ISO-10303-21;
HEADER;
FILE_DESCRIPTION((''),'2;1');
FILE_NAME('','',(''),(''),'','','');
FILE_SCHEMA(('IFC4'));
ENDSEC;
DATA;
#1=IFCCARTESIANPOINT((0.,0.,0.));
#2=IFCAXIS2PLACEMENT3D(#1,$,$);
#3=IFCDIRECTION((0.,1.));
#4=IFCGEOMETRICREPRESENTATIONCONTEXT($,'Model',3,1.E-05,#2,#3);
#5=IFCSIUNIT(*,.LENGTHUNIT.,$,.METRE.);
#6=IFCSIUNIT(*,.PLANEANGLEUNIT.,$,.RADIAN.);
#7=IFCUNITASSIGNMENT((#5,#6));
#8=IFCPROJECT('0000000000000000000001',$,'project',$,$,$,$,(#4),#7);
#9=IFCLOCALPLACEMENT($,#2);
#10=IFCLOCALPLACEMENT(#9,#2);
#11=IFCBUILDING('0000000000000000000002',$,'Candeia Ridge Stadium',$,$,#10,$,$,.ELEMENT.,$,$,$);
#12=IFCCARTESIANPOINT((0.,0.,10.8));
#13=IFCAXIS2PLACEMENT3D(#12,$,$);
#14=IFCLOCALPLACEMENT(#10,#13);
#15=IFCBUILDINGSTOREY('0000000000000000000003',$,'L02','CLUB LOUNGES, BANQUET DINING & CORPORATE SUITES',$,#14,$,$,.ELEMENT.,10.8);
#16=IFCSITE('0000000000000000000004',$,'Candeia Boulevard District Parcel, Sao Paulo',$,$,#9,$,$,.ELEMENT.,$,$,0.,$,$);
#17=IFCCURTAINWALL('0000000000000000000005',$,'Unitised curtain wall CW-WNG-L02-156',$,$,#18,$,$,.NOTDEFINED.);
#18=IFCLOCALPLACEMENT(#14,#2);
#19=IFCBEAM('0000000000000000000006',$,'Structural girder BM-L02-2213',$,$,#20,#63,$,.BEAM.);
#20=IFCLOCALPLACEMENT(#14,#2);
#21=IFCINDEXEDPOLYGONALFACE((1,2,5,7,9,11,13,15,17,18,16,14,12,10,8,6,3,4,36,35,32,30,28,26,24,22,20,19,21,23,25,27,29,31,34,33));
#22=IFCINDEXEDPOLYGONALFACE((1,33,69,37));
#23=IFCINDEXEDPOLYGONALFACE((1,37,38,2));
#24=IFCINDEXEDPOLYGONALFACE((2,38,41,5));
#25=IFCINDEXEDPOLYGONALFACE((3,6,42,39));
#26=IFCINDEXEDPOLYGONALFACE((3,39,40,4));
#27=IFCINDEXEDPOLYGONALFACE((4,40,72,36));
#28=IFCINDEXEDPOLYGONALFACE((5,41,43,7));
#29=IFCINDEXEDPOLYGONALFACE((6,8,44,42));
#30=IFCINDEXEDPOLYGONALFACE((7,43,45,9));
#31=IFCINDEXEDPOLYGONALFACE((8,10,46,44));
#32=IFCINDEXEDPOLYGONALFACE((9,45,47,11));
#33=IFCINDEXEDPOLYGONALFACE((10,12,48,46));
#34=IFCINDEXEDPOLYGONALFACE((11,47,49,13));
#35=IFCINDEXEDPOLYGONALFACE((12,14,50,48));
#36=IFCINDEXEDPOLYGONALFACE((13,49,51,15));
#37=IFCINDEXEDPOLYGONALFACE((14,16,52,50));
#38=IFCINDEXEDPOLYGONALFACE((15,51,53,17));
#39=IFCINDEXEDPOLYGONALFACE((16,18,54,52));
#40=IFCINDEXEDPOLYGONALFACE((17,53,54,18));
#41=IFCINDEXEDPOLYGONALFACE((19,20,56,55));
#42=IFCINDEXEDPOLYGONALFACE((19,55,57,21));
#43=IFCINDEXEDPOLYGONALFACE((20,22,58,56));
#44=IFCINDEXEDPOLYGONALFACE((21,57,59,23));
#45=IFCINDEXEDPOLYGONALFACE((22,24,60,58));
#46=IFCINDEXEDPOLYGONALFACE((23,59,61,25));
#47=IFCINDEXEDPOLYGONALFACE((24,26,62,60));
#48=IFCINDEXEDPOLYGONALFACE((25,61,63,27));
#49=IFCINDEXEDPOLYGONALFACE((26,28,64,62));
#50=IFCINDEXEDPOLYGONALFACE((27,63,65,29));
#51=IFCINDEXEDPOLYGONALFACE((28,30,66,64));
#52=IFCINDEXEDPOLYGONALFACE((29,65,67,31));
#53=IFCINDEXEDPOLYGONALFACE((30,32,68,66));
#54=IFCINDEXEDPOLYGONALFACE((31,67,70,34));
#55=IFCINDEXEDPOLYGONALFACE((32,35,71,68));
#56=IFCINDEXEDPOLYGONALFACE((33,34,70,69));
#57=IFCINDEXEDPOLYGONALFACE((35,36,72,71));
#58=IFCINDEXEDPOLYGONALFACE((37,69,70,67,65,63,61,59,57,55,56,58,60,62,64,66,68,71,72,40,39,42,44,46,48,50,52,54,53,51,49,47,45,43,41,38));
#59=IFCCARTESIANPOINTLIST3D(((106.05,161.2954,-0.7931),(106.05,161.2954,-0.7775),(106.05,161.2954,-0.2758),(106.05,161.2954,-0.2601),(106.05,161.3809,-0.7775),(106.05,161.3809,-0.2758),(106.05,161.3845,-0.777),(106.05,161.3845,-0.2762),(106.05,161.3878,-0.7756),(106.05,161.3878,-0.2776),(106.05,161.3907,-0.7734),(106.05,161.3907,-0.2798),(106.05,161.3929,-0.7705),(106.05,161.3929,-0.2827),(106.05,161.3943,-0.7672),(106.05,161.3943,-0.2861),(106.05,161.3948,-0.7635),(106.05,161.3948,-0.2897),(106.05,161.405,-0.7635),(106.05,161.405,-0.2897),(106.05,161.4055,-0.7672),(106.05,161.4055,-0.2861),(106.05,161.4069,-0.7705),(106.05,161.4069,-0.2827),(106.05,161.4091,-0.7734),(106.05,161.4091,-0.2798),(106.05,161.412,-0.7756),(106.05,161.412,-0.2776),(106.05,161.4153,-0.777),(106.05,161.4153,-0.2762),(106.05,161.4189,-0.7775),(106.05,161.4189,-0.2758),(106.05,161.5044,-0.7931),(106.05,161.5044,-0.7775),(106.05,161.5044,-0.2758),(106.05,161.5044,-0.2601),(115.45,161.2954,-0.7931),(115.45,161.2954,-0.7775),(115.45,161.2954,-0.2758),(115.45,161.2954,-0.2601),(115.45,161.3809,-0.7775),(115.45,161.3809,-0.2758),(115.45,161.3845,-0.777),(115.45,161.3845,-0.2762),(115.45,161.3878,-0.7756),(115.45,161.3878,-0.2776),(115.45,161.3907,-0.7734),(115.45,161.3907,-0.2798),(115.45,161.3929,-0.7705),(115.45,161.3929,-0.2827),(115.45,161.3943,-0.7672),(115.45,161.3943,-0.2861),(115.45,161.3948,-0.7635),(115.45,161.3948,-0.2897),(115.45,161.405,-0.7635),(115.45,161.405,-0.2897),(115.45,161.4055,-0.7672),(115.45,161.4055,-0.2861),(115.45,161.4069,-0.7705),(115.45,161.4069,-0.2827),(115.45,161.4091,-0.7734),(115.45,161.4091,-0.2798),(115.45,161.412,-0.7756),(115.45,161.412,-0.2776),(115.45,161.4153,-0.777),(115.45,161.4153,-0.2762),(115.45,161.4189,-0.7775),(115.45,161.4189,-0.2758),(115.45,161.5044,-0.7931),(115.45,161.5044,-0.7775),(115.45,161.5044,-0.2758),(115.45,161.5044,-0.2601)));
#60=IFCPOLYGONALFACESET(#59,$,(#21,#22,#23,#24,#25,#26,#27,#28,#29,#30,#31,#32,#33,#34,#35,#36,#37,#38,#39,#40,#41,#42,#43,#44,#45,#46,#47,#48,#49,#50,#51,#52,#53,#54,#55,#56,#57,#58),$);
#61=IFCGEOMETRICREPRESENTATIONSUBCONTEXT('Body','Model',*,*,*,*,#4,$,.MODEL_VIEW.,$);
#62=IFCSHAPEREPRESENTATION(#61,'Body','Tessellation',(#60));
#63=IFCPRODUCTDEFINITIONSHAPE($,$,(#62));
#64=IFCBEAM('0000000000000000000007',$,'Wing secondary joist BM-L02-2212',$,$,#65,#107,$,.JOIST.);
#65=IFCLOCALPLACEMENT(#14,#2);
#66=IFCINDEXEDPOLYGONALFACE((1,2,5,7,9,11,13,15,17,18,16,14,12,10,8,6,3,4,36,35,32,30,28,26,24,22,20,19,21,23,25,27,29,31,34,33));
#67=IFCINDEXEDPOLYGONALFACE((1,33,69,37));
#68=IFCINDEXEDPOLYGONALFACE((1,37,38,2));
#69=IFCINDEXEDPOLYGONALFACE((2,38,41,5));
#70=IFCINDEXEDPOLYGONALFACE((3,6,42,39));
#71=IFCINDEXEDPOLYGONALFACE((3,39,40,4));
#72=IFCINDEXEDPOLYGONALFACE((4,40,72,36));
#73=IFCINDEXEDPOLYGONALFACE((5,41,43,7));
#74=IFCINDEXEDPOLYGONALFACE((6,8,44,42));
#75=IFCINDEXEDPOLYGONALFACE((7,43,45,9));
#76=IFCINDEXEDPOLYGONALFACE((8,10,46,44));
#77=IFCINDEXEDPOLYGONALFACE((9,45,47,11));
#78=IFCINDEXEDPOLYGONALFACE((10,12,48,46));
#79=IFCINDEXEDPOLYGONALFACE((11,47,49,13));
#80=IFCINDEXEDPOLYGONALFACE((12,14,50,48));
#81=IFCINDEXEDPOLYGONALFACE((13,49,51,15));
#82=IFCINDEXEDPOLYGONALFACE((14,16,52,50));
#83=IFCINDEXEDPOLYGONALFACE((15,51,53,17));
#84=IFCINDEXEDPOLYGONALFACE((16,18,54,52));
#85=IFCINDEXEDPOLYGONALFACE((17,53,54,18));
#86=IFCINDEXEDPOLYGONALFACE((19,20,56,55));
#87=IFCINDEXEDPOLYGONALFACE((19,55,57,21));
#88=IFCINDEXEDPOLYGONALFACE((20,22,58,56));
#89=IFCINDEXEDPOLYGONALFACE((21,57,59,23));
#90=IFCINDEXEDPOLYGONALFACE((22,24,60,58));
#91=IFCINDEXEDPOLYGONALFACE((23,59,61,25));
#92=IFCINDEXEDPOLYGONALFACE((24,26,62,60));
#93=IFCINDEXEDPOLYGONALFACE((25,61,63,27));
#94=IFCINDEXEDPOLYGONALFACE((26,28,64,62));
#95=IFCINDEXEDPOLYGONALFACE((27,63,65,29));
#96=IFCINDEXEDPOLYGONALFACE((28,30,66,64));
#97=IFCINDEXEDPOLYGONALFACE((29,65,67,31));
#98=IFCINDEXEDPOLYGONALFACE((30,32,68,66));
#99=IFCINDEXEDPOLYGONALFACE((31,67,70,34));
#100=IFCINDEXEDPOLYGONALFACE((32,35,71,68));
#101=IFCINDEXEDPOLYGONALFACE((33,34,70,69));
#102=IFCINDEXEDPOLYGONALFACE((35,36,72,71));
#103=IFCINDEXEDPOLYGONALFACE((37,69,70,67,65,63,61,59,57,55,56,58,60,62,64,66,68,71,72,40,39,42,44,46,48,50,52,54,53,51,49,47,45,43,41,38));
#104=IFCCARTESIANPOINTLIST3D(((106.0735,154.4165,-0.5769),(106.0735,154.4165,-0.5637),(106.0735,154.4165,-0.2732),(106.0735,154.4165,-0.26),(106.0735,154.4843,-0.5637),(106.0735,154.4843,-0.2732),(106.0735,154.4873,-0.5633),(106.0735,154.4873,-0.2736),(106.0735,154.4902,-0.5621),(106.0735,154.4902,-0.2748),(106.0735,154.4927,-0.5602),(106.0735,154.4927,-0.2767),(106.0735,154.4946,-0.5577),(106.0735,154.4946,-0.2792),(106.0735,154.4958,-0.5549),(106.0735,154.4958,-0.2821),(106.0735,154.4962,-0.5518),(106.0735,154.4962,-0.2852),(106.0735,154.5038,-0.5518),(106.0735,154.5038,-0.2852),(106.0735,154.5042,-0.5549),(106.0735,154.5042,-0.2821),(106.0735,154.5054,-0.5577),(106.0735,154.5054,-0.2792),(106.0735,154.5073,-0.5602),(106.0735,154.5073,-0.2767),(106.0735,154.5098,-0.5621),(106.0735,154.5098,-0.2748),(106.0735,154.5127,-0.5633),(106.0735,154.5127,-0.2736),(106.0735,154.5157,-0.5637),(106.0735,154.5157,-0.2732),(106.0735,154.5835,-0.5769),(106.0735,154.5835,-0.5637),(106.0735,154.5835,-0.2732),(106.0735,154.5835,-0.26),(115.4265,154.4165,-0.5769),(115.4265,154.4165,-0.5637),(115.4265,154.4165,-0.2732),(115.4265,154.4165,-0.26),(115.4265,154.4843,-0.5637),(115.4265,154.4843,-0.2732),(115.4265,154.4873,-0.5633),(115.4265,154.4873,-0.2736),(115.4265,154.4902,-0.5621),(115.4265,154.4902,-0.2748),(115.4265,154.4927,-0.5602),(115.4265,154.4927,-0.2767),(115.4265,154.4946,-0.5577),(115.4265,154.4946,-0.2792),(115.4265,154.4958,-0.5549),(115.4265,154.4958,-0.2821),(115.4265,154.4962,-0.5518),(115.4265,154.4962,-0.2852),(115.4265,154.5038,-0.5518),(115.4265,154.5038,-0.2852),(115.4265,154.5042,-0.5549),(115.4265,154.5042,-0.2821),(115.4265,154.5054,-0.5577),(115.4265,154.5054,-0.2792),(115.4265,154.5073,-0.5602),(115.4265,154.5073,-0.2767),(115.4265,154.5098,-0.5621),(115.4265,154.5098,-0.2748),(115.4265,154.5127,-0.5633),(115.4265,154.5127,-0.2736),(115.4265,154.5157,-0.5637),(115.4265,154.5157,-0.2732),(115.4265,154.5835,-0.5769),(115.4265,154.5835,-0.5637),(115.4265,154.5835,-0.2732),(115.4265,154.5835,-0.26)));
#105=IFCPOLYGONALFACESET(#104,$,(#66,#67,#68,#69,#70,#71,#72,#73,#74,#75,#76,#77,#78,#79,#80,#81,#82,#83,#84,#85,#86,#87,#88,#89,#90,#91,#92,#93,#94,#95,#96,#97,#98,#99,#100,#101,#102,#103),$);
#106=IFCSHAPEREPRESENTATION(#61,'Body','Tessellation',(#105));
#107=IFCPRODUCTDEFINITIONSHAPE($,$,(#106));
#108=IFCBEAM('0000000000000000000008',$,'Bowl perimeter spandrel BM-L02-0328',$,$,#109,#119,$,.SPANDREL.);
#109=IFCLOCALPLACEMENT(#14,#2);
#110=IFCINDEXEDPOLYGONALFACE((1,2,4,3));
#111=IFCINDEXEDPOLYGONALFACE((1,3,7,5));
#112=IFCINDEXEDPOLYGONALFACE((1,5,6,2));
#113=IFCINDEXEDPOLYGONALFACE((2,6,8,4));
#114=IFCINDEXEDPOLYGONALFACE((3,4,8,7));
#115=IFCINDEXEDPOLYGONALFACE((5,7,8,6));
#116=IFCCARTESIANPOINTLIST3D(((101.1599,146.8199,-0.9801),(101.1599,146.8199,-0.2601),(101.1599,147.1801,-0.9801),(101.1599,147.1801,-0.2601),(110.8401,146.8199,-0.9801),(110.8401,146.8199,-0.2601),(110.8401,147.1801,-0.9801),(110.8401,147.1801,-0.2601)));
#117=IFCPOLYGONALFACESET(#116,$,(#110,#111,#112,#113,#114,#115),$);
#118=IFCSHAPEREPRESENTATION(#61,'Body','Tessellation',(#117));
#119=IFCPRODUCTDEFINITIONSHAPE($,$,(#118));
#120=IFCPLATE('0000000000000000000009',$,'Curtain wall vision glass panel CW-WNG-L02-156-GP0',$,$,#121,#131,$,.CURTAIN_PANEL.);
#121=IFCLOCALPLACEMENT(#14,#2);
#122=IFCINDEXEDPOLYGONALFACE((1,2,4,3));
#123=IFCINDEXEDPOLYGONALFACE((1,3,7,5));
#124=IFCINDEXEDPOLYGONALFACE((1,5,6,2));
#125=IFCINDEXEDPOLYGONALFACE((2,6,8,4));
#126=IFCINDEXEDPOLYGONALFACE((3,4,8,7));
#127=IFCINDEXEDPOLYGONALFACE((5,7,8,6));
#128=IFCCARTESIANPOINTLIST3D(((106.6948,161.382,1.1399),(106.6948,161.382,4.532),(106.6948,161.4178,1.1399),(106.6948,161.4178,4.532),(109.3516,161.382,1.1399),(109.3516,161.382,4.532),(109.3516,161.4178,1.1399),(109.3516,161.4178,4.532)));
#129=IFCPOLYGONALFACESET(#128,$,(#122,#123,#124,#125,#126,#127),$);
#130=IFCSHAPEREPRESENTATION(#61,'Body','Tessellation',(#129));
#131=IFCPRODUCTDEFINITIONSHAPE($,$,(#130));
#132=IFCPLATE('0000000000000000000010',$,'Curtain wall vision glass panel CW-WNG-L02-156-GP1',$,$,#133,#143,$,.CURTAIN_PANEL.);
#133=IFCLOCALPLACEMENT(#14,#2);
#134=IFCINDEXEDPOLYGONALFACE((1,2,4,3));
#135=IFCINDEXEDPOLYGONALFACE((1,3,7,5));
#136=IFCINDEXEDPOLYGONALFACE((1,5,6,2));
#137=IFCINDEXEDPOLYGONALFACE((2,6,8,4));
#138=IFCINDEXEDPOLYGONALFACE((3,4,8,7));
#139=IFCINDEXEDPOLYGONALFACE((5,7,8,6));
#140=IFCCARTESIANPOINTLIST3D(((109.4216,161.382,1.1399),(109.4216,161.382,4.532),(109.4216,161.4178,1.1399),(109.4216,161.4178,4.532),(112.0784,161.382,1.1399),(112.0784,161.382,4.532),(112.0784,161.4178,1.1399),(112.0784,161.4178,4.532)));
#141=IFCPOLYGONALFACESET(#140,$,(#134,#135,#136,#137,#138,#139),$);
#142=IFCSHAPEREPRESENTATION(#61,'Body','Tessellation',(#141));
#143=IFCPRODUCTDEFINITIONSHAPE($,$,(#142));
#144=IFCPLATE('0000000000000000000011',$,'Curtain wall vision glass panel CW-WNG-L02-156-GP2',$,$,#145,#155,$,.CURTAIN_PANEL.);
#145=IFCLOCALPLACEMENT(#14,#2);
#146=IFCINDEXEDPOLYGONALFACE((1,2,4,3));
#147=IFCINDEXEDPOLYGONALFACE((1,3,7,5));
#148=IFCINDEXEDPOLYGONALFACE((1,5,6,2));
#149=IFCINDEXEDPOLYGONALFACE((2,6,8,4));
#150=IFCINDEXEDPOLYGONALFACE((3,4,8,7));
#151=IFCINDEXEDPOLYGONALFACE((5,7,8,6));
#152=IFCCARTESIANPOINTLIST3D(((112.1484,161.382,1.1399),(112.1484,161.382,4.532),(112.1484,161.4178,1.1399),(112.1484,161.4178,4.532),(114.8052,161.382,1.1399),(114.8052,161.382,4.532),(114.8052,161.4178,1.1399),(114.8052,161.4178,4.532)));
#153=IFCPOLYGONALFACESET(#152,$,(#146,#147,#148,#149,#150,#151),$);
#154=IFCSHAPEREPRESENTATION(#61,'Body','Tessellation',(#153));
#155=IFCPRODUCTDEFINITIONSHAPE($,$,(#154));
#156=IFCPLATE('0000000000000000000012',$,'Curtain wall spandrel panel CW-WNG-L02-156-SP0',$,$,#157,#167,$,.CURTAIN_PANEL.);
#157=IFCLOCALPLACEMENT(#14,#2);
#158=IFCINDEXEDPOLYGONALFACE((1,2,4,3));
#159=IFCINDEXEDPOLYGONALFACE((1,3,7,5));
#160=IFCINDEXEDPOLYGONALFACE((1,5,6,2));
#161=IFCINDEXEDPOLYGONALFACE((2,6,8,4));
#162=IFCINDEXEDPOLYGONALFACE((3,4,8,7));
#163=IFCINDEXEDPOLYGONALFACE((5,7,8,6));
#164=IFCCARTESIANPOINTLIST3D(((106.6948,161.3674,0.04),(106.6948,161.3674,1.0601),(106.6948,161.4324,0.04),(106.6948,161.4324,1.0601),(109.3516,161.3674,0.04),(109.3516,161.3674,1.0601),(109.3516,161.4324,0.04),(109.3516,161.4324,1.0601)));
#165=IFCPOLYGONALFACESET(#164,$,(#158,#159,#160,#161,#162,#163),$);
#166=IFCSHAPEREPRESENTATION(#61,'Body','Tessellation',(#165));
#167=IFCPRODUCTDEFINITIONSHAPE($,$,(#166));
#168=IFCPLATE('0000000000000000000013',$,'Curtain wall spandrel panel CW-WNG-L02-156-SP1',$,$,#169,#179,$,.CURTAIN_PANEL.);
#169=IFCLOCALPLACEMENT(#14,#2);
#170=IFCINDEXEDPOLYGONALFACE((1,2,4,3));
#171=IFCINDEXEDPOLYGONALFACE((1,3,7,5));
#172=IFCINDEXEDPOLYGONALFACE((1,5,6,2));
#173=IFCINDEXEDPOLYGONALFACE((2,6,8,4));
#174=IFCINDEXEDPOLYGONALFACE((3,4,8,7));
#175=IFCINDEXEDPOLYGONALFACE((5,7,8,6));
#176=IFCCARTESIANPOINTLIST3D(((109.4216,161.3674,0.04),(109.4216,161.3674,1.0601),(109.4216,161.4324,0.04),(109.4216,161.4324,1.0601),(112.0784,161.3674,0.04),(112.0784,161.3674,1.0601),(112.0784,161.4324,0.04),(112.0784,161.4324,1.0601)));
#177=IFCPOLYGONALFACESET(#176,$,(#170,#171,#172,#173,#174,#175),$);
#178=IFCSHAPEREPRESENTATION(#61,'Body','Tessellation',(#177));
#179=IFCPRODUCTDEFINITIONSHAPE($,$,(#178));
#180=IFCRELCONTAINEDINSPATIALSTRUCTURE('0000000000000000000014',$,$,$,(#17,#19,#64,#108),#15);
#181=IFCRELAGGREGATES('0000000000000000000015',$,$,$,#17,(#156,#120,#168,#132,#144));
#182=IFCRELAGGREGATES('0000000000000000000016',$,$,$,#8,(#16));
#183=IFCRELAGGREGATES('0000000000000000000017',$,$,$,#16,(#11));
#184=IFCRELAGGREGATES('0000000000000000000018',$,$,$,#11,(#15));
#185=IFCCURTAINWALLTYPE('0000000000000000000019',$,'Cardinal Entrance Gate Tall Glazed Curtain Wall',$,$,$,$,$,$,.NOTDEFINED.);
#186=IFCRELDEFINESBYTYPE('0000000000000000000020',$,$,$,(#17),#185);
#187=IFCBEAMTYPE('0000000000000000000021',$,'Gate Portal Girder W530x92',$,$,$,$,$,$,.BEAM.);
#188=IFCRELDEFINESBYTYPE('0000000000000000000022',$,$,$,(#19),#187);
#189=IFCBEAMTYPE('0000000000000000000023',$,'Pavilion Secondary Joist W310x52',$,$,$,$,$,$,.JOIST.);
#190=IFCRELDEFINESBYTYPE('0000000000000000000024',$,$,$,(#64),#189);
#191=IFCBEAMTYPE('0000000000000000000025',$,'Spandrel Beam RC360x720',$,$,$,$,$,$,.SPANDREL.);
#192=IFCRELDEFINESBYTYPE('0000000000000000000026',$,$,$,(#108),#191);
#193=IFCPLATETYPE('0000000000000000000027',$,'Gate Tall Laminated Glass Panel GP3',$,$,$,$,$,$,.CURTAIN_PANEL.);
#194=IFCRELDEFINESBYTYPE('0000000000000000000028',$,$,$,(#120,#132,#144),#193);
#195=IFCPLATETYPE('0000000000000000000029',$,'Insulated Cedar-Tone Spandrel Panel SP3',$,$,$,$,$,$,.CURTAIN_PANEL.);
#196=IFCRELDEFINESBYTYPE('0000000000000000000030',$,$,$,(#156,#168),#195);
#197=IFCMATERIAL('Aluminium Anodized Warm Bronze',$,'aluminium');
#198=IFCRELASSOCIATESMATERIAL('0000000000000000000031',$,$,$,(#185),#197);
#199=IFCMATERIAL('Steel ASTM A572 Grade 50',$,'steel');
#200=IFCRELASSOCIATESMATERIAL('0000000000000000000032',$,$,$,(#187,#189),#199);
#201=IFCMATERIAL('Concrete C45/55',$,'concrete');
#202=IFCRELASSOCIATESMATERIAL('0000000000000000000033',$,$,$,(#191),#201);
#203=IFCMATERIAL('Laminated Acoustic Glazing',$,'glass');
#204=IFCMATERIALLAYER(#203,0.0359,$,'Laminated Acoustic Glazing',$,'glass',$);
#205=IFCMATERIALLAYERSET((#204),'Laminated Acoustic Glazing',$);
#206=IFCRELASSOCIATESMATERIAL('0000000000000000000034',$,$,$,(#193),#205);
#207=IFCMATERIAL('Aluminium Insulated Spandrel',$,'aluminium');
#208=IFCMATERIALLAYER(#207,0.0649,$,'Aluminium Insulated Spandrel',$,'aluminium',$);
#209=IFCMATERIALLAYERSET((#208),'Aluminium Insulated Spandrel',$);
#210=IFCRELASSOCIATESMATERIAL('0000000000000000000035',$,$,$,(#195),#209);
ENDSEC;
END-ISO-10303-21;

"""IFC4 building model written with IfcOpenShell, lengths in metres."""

from ifc_helpers import new_model, si_unit, direction, frame, origin, origin_2d, place, context, subcontext, project, spatial, rectangle, i_section, extrude, material, layer, layer_set, material_profile, profile_set, type_object, element, aggregate, save


model = new_model("IFC4")

# Units and contexts
model_context = context("Model", 3, precision=1e-05, world=origin(), true_north=direction((0.0, 1.0)))
body_context = subcontext(model_context, "Body", "Model", "MODEL_VIEW")
ifc_project = project(units=[si_unit("LENGTHUNIT", "METRE"), si_unit("PLANEANGLEUNIT", "RADIAN")], contexts=[model_context])

# Site, building, storey
site_placement = place(None, origin())
site = spatial("IfcSite", under=ifc_project, at=site_placement, Name="Candeia Boulevard District Parcel, Sao Paulo", CompositionType="ELEMENT", RefElevation=0.0)
building_placement = place(site_placement, origin())
building = spatial("IfcBuilding", under=site, at=building_placement, Name="Candeia Ridge Stadium", CompositionType="ELEMENT")
storey_placement = place(building_placement, frame((0.0, 0.0, 10.8)))
storey = spatial("IfcBuildingStorey", under=building, at=storey_placement, Name="L02", Description="CLUB LOUNGES, BANQUET DINING & CORPORATE SUITES", CompositionType="ELEMENT", Elevation=10.8)

# Shared definitions
ifc_material_1 = material(Name="Concrete C45/55", Category="concrete")

# Curtain wall
ifc_material_2 = material(Name="Aluminium Anodized Warm Bronze", Category="aluminium")
curtain_wall_type = type_object("IfcCurtainWallType", Name="Cardinal Entrance Gate Tall Glazed Curtain Wall", PredefinedType="NOTDEFINED", material=ifc_material_2)
curtain_wall_placement = place(storey_placement, origin())
curtain_wall = element("IfcCurtainWall", 1, at=curtain_wall_placement, inside=storey, type_object=curtain_wall_type, Name="Unitised curtain wall CW-WNG-L02-156", PredefinedType="NOTDEFINED")

# Beams
ifc_material_3 = material(Name="Steel ASTM A572 Grade 50", Category="steel")
ifc_material_profile_1 = material_profile(ifc_material_3, i_section(OverallWidth=0.209, OverallDepth=0.533, WebThickness=0.0103, FlangeThickness=0.0156, FilletRadius=0.0139, at=origin_2d()), Name="W530x92", Category="steel")
ifc_profile_set_1 = profile_set([ifc_material_profile_1], Name="Steel ASTM A572 Grade 50")
beam_type_1 = type_object("IfcBeamType", Name="Gate Portal Girder W530x92", PredefinedType="BEAM", material=ifc_profile_set_1)
for number, where, z_axis, x_axis, name in (
    (2, (106.05, 161.3999, -0.5266), (1.0, 0.0, 0.0), (0.0, 1.0, 0.0), "Structural girder BM-L02-2213"),
):
    element("IfcBeam", number, at=place(storey_placement, frame(where, z_axis=z_axis, x_axis=x_axis)), inside=storey, type_object=beam_type_1, Name=name, PredefinedType="BEAM", context=body_context, shape_type="SweptSolid", body=[
        extrude(i_section(OverallWidth=0.209, OverallDepth=0.533, WebThickness=0.0103, FlangeThickness=0.0156, FilletRadius=0.0139, at=origin_2d()), origin(), (0.0, 0.0, 1.0), 9.3999),
    ])
ifc_material_profile_2 = material_profile(ifc_material_3, i_section(OverallWidth=0.167, OverallDepth=0.3169, WebThickness=0.0076, FlangeThickness=0.0132, FilletRadius=0.012, at=origin_2d()), Name="W310x52", Category="steel")
ifc_profile_set_2 = profile_set([ifc_material_profile_2], Name="Steel ASTM A572 Grade 50")
beam_type_2 = type_object("IfcBeamType", Name="Pavilion Secondary Joist W310x52", PredefinedType="JOIST", material=ifc_profile_set_2)
beam_1_placement = place(storey_placement, frame((106.0735, 154.5, -0.4185), z_axis=(1.0, 0.0, 0.0), x_axis=(0.0, 1.0, 0.0)))
element("IfcBeam", 3, at=beam_1_placement, inside=storey, type_object=beam_type_2, Name="Wing secondary joist BM-L02-2212", PredefinedType="JOIST", context=body_context, shape_type="SweptSolid", body=[
    extrude(i_section(OverallWidth=0.167, OverallDepth=0.3169, WebThickness=0.0076, FlangeThickness=0.0132, FilletRadius=0.012, at=origin_2d()), origin(), (0.0, 0.0, 1.0), 9.353),
])
ifc_material_profile_3 = material_profile(ifc_material_1, rectangle(XDim=0.3601, YDim=0.72, at=origin_2d()), Name="RC360x720", Category="concrete")
ifc_profile_set_3 = profile_set([ifc_material_profile_3], Name="Concrete C45/55")
beam_type_3 = type_object("IfcBeamType", Name="Spandrel Beam RC360x720", PredefinedType="SPANDREL", material=ifc_profile_set_3)
beam_2_placement = place(storey_placement, frame((110.8401, 147.0, -0.6201), z_axis=(-1.0, 0.0, 0.0), x_axis=(0.0, -1.0, 0.0)))
element("IfcBeam", 4, at=beam_2_placement, inside=storey, type_object=beam_type_3, Name="Bowl perimeter spandrel BM-L02-0328", PredefinedType="SPANDREL", context=body_context, shape_type="SweptSolid", body=[
    extrude(rectangle(XDim=0.3601, YDim=0.72, at=origin_2d()), origin(), (0.0, 0.0, 1.0), 9.6802),
])

# Plates
ifc_material_4 = material(Name="Laminated Acoustic Glazing", Category="glass")
ifc_layer_1 = layer(ifc_material_4, 0.0359, Name="Laminated Acoustic Glazing", Category="glass")
ifc_layer_set_1 = layer_set([ifc_layer_1], Name="Laminated Acoustic Glazing")
plate_type_1 = type_object("IfcPlateType", Name="Gate Tall Laminated Glass Panel GP3", PredefinedType="CURTAIN_PANEL", material=ifc_layer_set_1)
plate_1_placement = place(storey_placement, frame((108.0232, 161.3999, 1.1399), z_axis=(0.0, 0.0, 1.0), x_axis=(1.0, 0.0, 0.0)))
plate_1 = element("IfcPlate", 5, at=plate_1_placement, type_object=plate_type_1, Name="Curtain wall vision glass panel CW-WNG-L02-156-GP0", PredefinedType="CURTAIN_PANEL", context=body_context, shape_type="SweptSolid", body=[
    extrude(rectangle(XDim=2.6567, YDim=0.0359, at=origin_2d()), origin(), (0.0, 0.0, 1.0), 3.3921),
])
plate_2_placement = place(storey_placement, frame((110.75, 161.3999, 1.1399), z_axis=(0.0, 0.0, 1.0), x_axis=(1.0, 0.0, 0.0)))
plate_2 = element("IfcPlate", 6, at=plate_2_placement, type_object=plate_type_1, Name="Curtain wall vision glass panel CW-WNG-L02-156-GP1", PredefinedType="CURTAIN_PANEL", context=body_context, shape_type="SweptSolid", body=[
    extrude(rectangle(XDim=2.6567, YDim=0.0359, at=origin_2d()), origin(), (0.0, 0.0, 1.0), 3.3921),
])
plate_3_placement = place(storey_placement, frame((113.4768, 161.3999, 1.1399), z_axis=(0.0, 0.0, 1.0), x_axis=(1.0, 0.0, 0.0)))
plate_3 = element("IfcPlate", 7, at=plate_3_placement, type_object=plate_type_1, Name="Curtain wall vision glass panel CW-WNG-L02-156-GP2", PredefinedType="CURTAIN_PANEL", context=body_context, shape_type="SweptSolid", body=[
    extrude(rectangle(XDim=2.6567, YDim=0.0359, at=origin_2d()), origin(), (0.0, 0.0, 1.0), 3.3921),
])
ifc_material_5 = material(Name="Aluminium Insulated Spandrel", Category="aluminium")
ifc_layer_2 = layer(ifc_material_5, 0.0649, Name="Aluminium Insulated Spandrel", Category="aluminium")
ifc_layer_set_2 = layer_set([ifc_layer_2], Name="Aluminium Insulated Spandrel")
plate_type_2 = type_object("IfcPlateType", Name="Insulated Cedar-Tone Spandrel Panel SP3", PredefinedType="CURTAIN_PANEL", material=ifc_layer_set_2)
plate_4_placement = place(storey_placement, frame((108.0232, 161.3999, 0.04), z_axis=(0.0, 0.0, 1.0), x_axis=(1.0, 0.0, 0.0)))
plate_4 = element("IfcPlate", 8, at=plate_4_placement, type_object=plate_type_2, Name="Curtain wall spandrel panel CW-WNG-L02-156-SP0", PredefinedType="CURTAIN_PANEL", context=body_context, shape_type="SweptSolid", body=[
    extrude(rectangle(XDim=2.6567, YDim=0.0649, at=origin_2d()), origin(), (0.0, 0.0, 1.0), 1.02),
])
plate_5_placement = place(storey_placement, frame((110.75, 161.3999, 0.04), z_axis=(0.0, 0.0, 1.0), x_axis=(1.0, 0.0, 0.0)))
plate_5 = element("IfcPlate", 9, at=plate_5_placement, type_object=plate_type_2, Name="Curtain wall spandrel panel CW-WNG-L02-156-SP1", PredefinedType="CURTAIN_PANEL", context=body_context, shape_type="SweptSolid", body=[
    extrude(rectangle(XDim=2.6567, YDim=0.0649, at=origin_2d()), origin(), (0.0, 0.0, 1.0), 1.02),
])
aggregate(curtain_wall, [plate_4, plate_1, plate_5, plate_2, plate_3])

save(model, "model.ifc")
